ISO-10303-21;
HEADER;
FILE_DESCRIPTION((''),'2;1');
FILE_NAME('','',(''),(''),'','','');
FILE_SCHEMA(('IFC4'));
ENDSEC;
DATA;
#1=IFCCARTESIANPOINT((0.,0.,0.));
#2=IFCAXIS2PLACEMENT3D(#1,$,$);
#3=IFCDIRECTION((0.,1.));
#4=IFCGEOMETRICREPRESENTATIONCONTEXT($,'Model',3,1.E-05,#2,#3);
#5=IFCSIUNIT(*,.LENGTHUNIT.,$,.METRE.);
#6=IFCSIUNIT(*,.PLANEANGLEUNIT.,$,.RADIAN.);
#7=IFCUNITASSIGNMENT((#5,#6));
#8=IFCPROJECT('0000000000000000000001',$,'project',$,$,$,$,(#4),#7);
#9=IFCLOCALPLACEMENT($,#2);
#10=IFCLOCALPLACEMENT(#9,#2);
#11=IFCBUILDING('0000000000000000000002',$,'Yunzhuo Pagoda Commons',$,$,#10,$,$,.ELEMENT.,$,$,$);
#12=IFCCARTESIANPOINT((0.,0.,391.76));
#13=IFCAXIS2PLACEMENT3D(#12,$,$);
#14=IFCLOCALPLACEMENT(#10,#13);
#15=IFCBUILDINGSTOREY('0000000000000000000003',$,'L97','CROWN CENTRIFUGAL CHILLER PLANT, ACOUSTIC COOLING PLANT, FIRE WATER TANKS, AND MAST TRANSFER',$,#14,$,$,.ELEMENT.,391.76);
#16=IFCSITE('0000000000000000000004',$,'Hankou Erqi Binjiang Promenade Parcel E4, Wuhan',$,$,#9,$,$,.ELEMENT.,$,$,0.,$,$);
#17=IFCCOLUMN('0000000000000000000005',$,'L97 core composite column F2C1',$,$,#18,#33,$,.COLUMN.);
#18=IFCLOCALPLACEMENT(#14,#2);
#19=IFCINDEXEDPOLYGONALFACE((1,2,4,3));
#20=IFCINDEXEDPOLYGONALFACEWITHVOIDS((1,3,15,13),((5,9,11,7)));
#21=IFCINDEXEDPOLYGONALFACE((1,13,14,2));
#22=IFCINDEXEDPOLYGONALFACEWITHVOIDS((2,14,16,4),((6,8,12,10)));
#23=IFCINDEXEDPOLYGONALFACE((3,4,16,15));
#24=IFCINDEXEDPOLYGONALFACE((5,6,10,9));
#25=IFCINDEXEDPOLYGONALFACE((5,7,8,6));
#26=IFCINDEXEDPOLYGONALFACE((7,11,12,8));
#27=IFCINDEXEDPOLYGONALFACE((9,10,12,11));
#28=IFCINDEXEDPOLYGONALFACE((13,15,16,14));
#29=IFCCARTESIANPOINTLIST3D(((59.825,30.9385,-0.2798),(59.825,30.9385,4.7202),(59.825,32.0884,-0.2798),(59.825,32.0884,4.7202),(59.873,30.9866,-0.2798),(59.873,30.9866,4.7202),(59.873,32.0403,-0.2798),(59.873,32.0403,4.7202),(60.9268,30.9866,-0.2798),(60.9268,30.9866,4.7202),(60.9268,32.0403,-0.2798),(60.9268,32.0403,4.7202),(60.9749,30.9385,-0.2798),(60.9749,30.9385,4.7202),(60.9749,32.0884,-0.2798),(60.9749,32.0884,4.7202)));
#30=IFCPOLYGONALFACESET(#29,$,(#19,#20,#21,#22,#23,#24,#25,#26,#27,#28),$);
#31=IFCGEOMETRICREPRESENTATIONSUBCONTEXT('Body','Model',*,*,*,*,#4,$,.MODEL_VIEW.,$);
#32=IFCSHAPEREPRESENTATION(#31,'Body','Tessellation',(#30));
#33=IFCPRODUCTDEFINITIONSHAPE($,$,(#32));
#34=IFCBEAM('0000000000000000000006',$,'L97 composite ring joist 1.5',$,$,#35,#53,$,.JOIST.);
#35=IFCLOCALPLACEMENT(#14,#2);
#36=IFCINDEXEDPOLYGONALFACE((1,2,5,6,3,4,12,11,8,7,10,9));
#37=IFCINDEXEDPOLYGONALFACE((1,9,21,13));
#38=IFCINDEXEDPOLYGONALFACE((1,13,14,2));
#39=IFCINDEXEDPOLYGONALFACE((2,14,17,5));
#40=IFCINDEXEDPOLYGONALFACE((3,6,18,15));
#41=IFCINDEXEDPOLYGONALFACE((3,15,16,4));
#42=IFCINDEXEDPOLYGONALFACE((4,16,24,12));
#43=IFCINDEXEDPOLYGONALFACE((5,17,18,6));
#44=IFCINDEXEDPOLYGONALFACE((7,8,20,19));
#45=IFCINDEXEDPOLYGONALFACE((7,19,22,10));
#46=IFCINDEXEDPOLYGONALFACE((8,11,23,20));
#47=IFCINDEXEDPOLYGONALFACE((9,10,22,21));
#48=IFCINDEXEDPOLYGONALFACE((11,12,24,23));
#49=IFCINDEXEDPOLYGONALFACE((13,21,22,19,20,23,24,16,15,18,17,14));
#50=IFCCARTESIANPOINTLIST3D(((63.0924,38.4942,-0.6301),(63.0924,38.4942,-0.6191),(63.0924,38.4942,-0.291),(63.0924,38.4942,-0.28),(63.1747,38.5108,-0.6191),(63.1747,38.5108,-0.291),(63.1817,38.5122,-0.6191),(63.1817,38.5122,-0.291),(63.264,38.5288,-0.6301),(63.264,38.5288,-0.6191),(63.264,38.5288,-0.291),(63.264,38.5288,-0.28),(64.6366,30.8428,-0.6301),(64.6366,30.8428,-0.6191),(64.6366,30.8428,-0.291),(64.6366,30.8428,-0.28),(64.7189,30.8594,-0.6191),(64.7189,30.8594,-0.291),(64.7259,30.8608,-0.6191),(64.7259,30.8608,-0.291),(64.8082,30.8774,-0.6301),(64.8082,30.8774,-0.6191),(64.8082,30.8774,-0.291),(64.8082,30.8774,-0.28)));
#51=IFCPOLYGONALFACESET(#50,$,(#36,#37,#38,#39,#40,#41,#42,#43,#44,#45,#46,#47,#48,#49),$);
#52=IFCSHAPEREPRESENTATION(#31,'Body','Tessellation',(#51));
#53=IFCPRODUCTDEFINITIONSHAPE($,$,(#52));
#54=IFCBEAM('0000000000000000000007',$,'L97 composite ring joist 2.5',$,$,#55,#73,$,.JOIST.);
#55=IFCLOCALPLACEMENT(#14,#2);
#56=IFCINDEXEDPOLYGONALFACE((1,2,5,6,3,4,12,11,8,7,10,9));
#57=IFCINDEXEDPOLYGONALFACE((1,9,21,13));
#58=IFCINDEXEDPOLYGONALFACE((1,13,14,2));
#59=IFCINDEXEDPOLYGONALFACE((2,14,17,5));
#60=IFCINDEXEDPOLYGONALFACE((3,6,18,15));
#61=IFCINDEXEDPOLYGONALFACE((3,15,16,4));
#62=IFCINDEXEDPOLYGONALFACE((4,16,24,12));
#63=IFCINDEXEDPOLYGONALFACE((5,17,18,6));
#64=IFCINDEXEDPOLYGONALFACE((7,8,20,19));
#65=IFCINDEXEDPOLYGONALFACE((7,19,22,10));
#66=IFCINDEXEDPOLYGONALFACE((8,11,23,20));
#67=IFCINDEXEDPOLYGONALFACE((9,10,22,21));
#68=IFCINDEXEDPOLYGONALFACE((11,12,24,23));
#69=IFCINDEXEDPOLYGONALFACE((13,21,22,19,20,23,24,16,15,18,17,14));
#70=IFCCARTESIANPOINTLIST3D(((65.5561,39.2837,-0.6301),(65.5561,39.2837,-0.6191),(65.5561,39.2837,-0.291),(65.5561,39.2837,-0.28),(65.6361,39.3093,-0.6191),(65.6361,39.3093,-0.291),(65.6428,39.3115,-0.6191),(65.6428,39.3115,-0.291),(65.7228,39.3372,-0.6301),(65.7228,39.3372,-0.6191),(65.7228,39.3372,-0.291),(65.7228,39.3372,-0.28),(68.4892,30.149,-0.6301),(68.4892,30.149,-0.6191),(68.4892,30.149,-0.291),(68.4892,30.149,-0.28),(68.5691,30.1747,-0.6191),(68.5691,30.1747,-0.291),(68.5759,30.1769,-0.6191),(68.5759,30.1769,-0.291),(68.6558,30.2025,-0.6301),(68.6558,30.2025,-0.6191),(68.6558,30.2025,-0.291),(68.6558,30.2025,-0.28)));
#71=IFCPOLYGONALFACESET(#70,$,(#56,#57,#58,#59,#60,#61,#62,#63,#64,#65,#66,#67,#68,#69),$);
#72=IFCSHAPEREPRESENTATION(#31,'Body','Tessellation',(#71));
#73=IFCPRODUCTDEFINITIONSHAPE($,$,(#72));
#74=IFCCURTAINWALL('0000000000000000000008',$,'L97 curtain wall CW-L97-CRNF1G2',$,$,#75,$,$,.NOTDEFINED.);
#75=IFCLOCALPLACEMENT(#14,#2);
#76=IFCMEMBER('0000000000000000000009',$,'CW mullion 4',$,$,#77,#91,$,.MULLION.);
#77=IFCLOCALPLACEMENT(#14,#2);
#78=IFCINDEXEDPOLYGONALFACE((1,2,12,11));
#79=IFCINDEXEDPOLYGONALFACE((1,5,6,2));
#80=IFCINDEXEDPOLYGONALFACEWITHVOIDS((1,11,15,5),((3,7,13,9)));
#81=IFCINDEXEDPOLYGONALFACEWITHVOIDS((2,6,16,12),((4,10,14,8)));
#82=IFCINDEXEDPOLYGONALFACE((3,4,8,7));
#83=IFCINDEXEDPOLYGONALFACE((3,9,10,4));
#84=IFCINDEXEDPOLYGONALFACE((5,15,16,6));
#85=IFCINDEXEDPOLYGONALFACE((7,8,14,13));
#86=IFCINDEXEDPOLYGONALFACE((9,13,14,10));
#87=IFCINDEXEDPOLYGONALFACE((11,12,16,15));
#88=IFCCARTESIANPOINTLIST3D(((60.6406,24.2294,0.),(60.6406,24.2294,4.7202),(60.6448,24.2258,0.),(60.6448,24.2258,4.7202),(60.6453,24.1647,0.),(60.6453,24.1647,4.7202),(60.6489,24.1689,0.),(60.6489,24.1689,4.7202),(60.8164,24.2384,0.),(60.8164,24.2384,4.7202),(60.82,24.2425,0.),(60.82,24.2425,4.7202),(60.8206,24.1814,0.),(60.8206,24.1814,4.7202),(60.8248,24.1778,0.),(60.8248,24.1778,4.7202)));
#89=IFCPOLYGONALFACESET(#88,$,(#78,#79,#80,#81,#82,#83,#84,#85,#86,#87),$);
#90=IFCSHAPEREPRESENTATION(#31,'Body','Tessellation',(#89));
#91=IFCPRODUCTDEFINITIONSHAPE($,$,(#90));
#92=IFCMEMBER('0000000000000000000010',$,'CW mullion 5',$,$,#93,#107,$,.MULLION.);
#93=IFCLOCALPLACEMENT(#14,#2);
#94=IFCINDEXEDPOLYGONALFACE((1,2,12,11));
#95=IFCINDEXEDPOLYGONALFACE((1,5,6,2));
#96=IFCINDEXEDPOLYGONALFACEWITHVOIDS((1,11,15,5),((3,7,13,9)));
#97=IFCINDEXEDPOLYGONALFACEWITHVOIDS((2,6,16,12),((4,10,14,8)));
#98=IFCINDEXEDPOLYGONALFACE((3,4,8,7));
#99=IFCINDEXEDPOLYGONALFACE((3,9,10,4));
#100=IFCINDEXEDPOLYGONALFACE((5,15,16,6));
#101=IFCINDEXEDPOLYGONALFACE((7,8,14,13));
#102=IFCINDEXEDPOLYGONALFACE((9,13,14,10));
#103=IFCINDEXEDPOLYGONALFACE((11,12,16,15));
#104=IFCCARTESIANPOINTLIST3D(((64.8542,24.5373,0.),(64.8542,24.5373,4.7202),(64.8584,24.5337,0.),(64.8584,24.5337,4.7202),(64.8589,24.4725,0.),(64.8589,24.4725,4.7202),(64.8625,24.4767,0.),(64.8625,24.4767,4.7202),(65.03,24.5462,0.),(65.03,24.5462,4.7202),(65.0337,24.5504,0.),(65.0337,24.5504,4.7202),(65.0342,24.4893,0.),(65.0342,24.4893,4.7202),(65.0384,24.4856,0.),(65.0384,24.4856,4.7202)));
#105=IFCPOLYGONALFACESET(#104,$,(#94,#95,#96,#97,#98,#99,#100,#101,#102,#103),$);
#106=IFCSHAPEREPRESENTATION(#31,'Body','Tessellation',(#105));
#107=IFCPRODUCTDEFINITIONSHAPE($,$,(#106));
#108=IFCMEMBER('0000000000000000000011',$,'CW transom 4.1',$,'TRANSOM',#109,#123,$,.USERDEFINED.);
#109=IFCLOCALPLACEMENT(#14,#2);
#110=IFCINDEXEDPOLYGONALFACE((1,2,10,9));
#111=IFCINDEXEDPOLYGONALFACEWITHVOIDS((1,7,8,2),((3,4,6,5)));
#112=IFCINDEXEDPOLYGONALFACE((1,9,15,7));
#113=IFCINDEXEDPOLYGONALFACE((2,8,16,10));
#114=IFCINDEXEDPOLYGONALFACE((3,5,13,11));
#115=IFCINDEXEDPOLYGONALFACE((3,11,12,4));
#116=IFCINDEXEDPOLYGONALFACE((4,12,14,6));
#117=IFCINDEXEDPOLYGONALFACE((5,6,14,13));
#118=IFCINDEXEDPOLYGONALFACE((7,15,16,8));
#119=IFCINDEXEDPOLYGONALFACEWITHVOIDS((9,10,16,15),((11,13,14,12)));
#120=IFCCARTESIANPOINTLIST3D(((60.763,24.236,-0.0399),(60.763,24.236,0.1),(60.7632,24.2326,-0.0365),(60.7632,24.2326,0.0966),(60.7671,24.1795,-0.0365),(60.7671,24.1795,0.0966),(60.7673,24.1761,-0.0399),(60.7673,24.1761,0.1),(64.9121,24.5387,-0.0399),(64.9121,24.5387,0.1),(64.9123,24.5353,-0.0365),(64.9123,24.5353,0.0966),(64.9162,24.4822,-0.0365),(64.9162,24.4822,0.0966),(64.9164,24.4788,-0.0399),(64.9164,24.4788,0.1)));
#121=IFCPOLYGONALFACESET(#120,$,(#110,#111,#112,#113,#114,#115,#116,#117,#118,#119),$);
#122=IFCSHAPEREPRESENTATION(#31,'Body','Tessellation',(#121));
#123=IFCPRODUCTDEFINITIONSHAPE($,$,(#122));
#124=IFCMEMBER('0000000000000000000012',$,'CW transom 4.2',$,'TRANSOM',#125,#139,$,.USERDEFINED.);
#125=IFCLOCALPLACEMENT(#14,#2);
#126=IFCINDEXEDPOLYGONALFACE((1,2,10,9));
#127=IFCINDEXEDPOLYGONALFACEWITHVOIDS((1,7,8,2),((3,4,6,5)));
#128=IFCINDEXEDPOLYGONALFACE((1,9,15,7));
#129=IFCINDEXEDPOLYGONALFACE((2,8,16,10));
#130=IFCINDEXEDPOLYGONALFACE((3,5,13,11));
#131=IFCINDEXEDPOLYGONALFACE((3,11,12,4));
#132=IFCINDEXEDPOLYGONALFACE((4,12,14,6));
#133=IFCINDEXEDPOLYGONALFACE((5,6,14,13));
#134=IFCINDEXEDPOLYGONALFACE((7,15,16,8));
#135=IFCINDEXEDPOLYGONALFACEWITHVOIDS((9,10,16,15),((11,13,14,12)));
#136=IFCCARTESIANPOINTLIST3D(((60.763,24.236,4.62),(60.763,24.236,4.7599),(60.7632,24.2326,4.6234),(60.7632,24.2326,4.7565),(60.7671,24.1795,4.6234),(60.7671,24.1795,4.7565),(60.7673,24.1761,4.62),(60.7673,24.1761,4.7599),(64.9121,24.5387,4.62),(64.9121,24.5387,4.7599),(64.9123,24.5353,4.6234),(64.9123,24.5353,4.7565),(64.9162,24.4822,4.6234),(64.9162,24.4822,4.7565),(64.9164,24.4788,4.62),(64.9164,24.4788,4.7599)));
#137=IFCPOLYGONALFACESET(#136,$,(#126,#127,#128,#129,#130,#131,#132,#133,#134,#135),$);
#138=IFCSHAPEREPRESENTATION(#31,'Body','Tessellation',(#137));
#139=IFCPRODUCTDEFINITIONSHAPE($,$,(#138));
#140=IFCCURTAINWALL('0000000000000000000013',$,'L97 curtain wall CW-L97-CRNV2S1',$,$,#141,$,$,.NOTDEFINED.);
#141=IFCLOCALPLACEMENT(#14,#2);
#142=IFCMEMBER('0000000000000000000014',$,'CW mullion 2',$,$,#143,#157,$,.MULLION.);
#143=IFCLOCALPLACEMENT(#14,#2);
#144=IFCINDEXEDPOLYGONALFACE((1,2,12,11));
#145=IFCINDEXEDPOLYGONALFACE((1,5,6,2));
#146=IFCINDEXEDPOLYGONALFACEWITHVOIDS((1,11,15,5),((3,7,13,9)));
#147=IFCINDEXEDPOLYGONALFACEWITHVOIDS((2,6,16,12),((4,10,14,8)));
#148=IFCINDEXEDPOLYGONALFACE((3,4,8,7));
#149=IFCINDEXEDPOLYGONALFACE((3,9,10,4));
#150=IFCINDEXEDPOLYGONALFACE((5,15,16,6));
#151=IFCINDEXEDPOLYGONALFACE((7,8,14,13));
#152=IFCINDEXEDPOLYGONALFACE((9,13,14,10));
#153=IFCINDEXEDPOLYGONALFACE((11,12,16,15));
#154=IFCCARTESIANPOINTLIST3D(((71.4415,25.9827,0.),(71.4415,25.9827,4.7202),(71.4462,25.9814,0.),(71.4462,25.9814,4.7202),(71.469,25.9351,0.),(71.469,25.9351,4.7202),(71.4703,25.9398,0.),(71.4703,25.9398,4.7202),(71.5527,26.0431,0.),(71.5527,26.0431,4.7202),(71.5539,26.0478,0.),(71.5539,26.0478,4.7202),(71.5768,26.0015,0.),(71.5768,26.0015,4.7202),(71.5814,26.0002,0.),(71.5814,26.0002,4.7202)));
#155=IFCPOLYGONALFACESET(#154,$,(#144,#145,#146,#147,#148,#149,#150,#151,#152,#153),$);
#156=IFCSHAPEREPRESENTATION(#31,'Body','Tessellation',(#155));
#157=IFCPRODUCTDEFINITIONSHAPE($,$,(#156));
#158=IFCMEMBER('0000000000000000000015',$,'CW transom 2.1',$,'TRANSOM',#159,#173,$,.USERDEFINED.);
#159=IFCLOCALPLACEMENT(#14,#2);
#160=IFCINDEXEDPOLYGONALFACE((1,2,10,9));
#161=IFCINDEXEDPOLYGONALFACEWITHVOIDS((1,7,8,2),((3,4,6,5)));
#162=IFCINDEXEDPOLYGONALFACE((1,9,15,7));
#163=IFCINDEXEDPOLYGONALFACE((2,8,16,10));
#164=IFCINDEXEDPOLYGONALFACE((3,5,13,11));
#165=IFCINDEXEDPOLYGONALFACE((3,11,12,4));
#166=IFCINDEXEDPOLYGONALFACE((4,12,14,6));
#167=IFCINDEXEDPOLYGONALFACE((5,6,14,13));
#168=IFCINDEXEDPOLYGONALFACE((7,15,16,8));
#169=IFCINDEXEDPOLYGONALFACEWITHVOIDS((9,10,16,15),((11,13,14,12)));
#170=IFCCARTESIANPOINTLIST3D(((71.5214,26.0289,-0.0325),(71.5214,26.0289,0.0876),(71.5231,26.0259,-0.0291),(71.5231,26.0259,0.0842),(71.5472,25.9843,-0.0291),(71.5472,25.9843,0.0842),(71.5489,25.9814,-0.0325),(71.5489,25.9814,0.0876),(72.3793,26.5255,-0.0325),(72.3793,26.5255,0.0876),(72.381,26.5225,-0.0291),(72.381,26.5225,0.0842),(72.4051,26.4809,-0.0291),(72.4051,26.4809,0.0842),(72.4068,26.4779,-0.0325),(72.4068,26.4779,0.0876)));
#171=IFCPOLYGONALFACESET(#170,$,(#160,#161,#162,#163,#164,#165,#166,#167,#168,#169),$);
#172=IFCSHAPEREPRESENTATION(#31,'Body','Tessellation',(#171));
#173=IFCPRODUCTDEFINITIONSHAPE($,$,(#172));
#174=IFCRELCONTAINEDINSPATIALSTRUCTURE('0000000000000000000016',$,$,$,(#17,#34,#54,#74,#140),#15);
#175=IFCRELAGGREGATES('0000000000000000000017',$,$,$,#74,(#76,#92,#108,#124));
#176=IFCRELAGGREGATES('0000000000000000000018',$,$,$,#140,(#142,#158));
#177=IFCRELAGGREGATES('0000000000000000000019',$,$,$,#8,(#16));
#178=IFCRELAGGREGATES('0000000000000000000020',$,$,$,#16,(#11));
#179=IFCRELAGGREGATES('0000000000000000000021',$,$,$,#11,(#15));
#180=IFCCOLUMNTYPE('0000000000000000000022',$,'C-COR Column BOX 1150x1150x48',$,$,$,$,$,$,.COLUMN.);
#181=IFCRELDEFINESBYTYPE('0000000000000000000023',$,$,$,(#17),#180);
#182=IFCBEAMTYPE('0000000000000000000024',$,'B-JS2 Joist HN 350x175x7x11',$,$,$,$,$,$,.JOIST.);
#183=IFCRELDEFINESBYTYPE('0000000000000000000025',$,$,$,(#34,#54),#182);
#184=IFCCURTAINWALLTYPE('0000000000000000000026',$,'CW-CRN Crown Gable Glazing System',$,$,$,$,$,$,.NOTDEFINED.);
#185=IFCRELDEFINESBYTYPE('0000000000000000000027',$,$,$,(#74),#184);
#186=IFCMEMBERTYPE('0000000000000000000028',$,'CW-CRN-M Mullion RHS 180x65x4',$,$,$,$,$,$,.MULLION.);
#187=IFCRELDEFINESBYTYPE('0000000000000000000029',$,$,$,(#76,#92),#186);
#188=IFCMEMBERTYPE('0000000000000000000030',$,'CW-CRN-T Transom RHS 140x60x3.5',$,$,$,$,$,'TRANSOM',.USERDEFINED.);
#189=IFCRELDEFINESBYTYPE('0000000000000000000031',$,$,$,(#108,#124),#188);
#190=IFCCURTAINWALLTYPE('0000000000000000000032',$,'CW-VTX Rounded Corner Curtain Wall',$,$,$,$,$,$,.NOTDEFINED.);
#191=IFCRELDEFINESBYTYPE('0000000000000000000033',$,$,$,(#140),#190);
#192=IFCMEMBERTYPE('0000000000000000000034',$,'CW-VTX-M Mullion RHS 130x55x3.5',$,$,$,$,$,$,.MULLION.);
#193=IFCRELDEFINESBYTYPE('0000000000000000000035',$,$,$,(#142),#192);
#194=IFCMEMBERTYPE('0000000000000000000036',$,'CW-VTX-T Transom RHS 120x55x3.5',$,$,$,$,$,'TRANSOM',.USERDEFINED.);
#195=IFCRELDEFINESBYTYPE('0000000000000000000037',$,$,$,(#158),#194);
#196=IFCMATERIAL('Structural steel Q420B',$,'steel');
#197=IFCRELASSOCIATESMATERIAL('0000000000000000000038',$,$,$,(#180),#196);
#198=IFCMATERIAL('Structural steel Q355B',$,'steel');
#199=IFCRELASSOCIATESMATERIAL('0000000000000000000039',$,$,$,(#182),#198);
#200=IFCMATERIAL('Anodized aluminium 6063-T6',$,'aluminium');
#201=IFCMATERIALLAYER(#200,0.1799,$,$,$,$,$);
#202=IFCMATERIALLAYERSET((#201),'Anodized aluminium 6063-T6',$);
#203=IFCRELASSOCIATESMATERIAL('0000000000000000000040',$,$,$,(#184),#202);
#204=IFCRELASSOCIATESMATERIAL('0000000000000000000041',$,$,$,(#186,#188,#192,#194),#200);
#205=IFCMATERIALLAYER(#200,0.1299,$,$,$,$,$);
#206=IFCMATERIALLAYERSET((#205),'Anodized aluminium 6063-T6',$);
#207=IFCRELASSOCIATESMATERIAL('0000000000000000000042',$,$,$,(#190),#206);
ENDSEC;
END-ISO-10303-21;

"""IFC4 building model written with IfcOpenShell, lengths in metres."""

from ifc_helpers import new_model, si_unit, direction, frame, origin, origin_2d, place, context, subcontext, project, spatial, hollow_rectangle, i_section, extrude, source, transform, mapped, material, layer, layer_set, material_profile, profile_set, type_object, element, aggregate, save


model = new_model("IFC4")

# Units and contexts
model_context = context("Model", 3, precision=1e-05, world=origin(), true_north=direction((0.0, 1.0)))
body_context = subcontext(model_context, "Body", "Model", "MODEL_VIEW")
ifc_project = project(units=[si_unit("LENGTHUNIT", "METRE"), si_unit("PLANEANGLEUNIT", "RADIAN")], contexts=[model_context])

# Site, building, storey
site_placement = place(None, origin())
site = spatial("IfcSite", under=ifc_project, at=site_placement, Name="Hankou Erqi Binjiang Promenade Parcel E4, Wuhan", CompositionType="ELEMENT", RefElevation=0.0)
building_placement = place(site_placement, origin())
building = spatial("IfcBuilding", under=site, at=building_placement, Name="Yunzhuo Pagoda Commons", CompositionType="ELEMENT")
storey_placement = place(building_placement, frame((0.0, 0.0, 391.76)))
storey = spatial("IfcBuildingStorey", under=building, at=storey_placement, Name="L97", Description="CROWN CENTRIFUGAL CHILLER PLANT, ACOUSTIC COOLING PLANT, FIRE WATER TANKS, AND MAST TRANSFER", CompositionType="ELEMENT", Elevation=391.76)

# Column
ifc_material_1 = material(Name="Structural steel Q420B", Category="steel")
ifc_material_profile_1 = material_profile(ifc_material_1, hollow_rectangle(XDim=1.1499, YDim=1.1499, WallThickness=0.0481, at=origin_2d()), Name="Structural steel Q420B")
ifc_profile_set_1 = profile_set([ifc_material_profile_1], Name="Structural steel Q420B")
column_type = type_object("IfcColumnType", Name="C-COR Column BOX 1150x1150x48", PredefinedType="COLUMN", material=ifc_profile_set_1)
shared_shape_1 = source(origin(), body_context, "Body", "SweptSolid", [
    extrude(hollow_rectangle(XDim=1.1499, YDim=1.1499, WallThickness=0.0481, at=origin_2d()), origin(), (0.0, 0.0, 1.0), 5.0),
])
column_placement = place(storey_placement, frame((60.3999, 31.5134, -0.2798), z_axis=(0.0, 0.0, 1.0), x_axis=(1.0, 0.0, 0.0)))
element("IfcColumn", 1, at=column_placement, inside=storey, type_object=column_type, Name="L97 core composite column F2C1", PredefinedType="COLUMN", context=body_context, shape_type="MappedRepresentation", body=[
    mapped(shared_shape_1, transform((0.0, 0.0, 0.0), scale=1.0)),
])

# Beams
ifc_material_2 = material(Name="Structural steel Q355B", Category="steel")
ifc_material_profile_2 = material_profile(ifc_material_2, i_section(OverallWidth=0.175, OverallDepth=0.3501, WebThickness=0.0071, FlangeThickness=0.011, at=origin_2d()), Name="Structural steel Q355B")
ifc_profile_set_2 = profile_set([ifc_material_profile_2], Name="Structural steel Q355B")
beam_type = type_object("IfcBeamType", Name="B-JS2 Joist HN 350x175x7x11", PredefinedType="JOIST", material=ifc_profile_set_2)
shared_shape_2 = source(origin(), body_context, "Body", "SweptSolid", [
    extrude(i_section(OverallWidth=0.175, OverallDepth=0.3501, WebThickness=0.0071, FlangeThickness=0.011, at=origin_2d()), origin(), (0.0, 0.0, 1.0), 7.8057),
])
beam_1_placement = place(storey_placement, frame((64.7224, 30.8601, -0.4551), z_axis=(-0.19783, 0.980236, 0.0), x_axis=(-0.980236, -0.19783, 0.0)))
element("IfcBeam", 2, at=beam_1_placement, inside=storey, type_object=beam_type, Name="L97 composite ring joist 1.5", PredefinedType="JOIST", context=body_context, shape_type="MappedRepresentation", body=[
    mapped(shared_shape_2, transform((0.0, 0.0, 0.0), scale=1.0)),
])
shared_shape_3 = source(origin(), body_context, "Body", "SweptSolid", [
    extrude(i_section(OverallWidth=0.175, OverallDepth=0.3501, WebThickness=0.0071, FlangeThickness=0.011, at=origin_2d()), origin(), (0.0, 0.0, 1.0), 9.594),
])
beam_2_placement = place(storey_placement, frame((68.5725, 30.1758, -0.4551), z_axis=(-0.305719, 0.952122, 0.0), x_axis=(-0.952122, -0.305719, 0.0)))
element("IfcBeam", 3, at=beam_2_placement, inside=storey, type_object=beam_type, Name="L97 composite ring joist 2.5", PredefinedType="JOIST", context=body_context, shape_type="MappedRepresentation", body=[
    mapped(shared_shape_3, transform((0.0, 0.0, 0.0), scale=1.0)),
])

# Curtain walls, members
ifc_material_3 = material(Name="Anodized aluminium 6063-T6", Category="aluminium")
ifc_layer_1 = layer(ifc_material_3, 0.1799)
ifc_layer_set_1 = layer_set([ifc_layer_1], Name="Anodized aluminium 6063-T6")
curtain_wall_type_1 = type_object("IfcCurtainWallType", Name="CW-CRN Crown Gable Glazing System", PredefinedType="NOTDEFINED", material=ifc_layer_set_1)
curtain_wall_1_placement = place(storey_placement, origin())
curtain_wall_1 = element("IfcCurtainWall", 4, at=curtain_wall_1_placement, inside=storey, type_object=curtain_wall_type_1, Name="L97 curtain wall CW-L97-CRNF1G2", PredefinedType="NOTDEFINED")
ifc_material_profile_3 = material_profile(ifc_material_3, hollow_rectangle(XDim=0.0649, YDim=0.1799, WallThickness=0.0039, at=origin_2d()), Name="Anodized aluminium 6063-T6")
ifc_profile_set_3 = profile_set([ifc_material_profile_3], Name="Anodized aluminium 6063-T6")
member_type_1 = type_object("IfcMemberType", Name="CW-CRN-M Mullion RHS 180x65x4", PredefinedType="MULLION", material=ifc_profile_set_3)
shared_shape_4 = source(origin(), body_context, "Body", "SweptSolid", [
    extrude(hollow_rectangle(XDim=0.0649, YDim=0.1799, WallThickness=0.0039, at=origin_2d()), origin(), (0.0, 0.0, 1.0), 4.7202),
])
member_1_placement = place(storey_placement, frame((60.7327, 24.2036, 0.0), z_axis=(0.0, 0.0, 1.0), x_axis=(-0.072796, 0.997347, 0.0)))
member_1 = element("IfcMember", 5, at=member_1_placement, type_object=member_type_1, Name="CW mullion 4", PredefinedType="MULLION", context=body_context, shape_type="MappedRepresentation", body=[
    mapped(shared_shape_4, transform((0.0, 0.0, 0.0), scale=1.0)),
])
member_2_placement = place(storey_placement, frame((64.9463, 24.5115, 0.0), z_axis=(0.0, 0.0, 1.0), x_axis=(-0.072796, 0.997347, 0.0)))
member_2 = element("IfcMember", 6, at=member_2_placement, type_object=member_type_1, Name="CW mullion 5", PredefinedType="MULLION", context=body_context, shape_type="MappedRepresentation", body=[
    mapped(shared_shape_4, transform((0.0, 0.0, 0.0), scale=1.0)),
])
ifc_material_profile_4 = material_profile(ifc_material_3, hollow_rectangle(XDim=0.0601, YDim=0.1399, WallThickness=0.0034, at=origin_2d()), Name="Anodized aluminium 6063-T6")
ifc_profile_set_4 = profile_set([ifc_material_profile_4], Name="Anodized aluminium 6063-T6")
member_type_2 = type_object("IfcMemberType", Name="CW-CRN-T Transom RHS 140x60x3.5", ElementType="TRANSOM", PredefinedType="USERDEFINED", material=ifc_profile_set_4)
shared_shape_5 = source(origin(), body_context, "Body", "SweptSolid", [
    extrude(hollow_rectangle(XDim=0.0601, YDim=0.1399, WallThickness=0.0034, at=origin_2d()), origin(), (0.0, 0.0, 1.0), 4.1602),
])
member_3_placement = place(storey_placement, frame((60.7651, 24.2061, 0.03), z_axis=(0.997349, 0.072769, 0.0), x_axis=(-0.072769, 0.997349, 0.0)))
member_3 = element("IfcMember", 7, at=member_3_placement, type_object=member_type_2, Name="CW transom 4.1", ObjectType="TRANSOM", PredefinedType="USERDEFINED", context=body_context, shape_type="MappedRepresentation", body=[
    mapped(shared_shape_5, transform((0.0, 0.0, 0.0), scale=1.0)),
])
member_4_placement = place(storey_placement, frame((60.7651, 24.2061, 4.6899), z_axis=(0.997349, 0.072769, 0.0), x_axis=(-0.072769, 0.997349, 0.0)))
member_4 = element("IfcMember", 8, at=member_4_placement, type_object=member_type_2, Name="CW transom 4.2", ObjectType="TRANSOM", PredefinedType="USERDEFINED", context=body_context, shape_type="MappedRepresentation", body=[
    mapped(shared_shape_5, transform((0.0, 0.0, 0.0), scale=1.0)),
])
ifc_layer_2 = layer(ifc_material_3, 0.1299)
ifc_layer_set_2 = layer_set([ifc_layer_2], Name="Anodized aluminium 6063-T6")
curtain_wall_type_2 = type_object("IfcCurtainWallType", Name="CW-VTX Rounded Corner Curtain Wall", PredefinedType="NOTDEFINED", material=ifc_layer_set_2)
curtain_wall_2_placement = place(storey_placement, origin())
curtain_wall_2 = element("IfcCurtainWall", 9, at=curtain_wall_2_placement, inside=storey, type_object=curtain_wall_type_2, Name="L97 curtain wall CW-L97-CRNV2S1", PredefinedType="NOTDEFINED")
ifc_material_profile_5 = material_profile(ifc_material_3, hollow_rectangle(XDim=0.0549, YDim=0.1299, WallThickness=0.0034, at=origin_2d()), Name="Anodized aluminium 6063-T6")
ifc_profile_set_5 = profile_set([ifc_material_profile_5], Name="Anodized aluminium 6063-T6")
member_type_3 = type_object("IfcMemberType", Name="CW-VTX-M Mullion RHS 130x55x3.5", PredefinedType="MULLION", material=ifc_profile_set_5)
shared_shape_6 = source(origin(), body_context, "Body", "SweptSolid", [
    extrude(hollow_rectangle(XDim=0.0549, YDim=0.1299, WallThickness=0.0034, at=origin_2d()), origin(), (0.0, 0.0, 1.0), 4.7202),
])
member_5_placement = place(storey_placement, frame((71.5115, 25.9915, 0.0), z_axis=(0.0, 0.0, 1.0), x_axis=(-0.501041, 0.865423, 0.0)))
member_5 = element("IfcMember", 10, at=member_5_placement, type_object=member_type_3, Name="CW mullion 2", PredefinedType="MULLION", context=body_context, shape_type="MappedRepresentation", body=[
    mapped(shared_shape_6, transform((0.0, 0.0, 0.0), scale=1.0)),
])
ifc_material_profile_6 = material_profile(ifc_material_3, hollow_rectangle(XDim=0.0549, YDim=0.1201, WallThickness=0.0034, at=origin_2d()), Name="Anodized aluminium 6063-T6")
ifc_profile_set_6 = profile_set([ifc_material_profile_6], Name="Anodized aluminium 6063-T6")
member_type_4 = type_object("IfcMemberType", Name="CW-VTX-T Transom RHS 120x55x3.5", ElementType="TRANSOM", PredefinedType="USERDEFINED", material=ifc_profile_set_6)
shared_shape_7 = source(origin(), body_context, "Body", "SweptSolid", [
    extrude(hollow_rectangle(XDim=0.0549, YDim=0.1201, WallThickness=0.0034, at=origin_2d()), origin(), (0.0, 0.0, 1.0), 0.9912),
])
member_6_placement = place(storey_placement, frame((71.5352, 26.0051, 0.0276), z_axis=(0.865471, 0.500959, 0.0), x_axis=(-0.500959, 0.865471, 0.0)))
member_6 = element("IfcMember", 11, at=member_6_placement, type_object=member_type_4, Name="CW transom 2.1", ObjectType="TRANSOM", PredefinedType="USERDEFINED", context=body_context, shape_type="MappedRepresentation", body=[
    mapped(shared_shape_7, transform((0.0, 0.0, 0.0), scale=1.0)),
])

aggregate(curtain_wall_1, [member_1, member_2, member_3, member_4])
aggregate(curtain_wall_2, [member_5, member_6])

save(model, "model.ifc")
